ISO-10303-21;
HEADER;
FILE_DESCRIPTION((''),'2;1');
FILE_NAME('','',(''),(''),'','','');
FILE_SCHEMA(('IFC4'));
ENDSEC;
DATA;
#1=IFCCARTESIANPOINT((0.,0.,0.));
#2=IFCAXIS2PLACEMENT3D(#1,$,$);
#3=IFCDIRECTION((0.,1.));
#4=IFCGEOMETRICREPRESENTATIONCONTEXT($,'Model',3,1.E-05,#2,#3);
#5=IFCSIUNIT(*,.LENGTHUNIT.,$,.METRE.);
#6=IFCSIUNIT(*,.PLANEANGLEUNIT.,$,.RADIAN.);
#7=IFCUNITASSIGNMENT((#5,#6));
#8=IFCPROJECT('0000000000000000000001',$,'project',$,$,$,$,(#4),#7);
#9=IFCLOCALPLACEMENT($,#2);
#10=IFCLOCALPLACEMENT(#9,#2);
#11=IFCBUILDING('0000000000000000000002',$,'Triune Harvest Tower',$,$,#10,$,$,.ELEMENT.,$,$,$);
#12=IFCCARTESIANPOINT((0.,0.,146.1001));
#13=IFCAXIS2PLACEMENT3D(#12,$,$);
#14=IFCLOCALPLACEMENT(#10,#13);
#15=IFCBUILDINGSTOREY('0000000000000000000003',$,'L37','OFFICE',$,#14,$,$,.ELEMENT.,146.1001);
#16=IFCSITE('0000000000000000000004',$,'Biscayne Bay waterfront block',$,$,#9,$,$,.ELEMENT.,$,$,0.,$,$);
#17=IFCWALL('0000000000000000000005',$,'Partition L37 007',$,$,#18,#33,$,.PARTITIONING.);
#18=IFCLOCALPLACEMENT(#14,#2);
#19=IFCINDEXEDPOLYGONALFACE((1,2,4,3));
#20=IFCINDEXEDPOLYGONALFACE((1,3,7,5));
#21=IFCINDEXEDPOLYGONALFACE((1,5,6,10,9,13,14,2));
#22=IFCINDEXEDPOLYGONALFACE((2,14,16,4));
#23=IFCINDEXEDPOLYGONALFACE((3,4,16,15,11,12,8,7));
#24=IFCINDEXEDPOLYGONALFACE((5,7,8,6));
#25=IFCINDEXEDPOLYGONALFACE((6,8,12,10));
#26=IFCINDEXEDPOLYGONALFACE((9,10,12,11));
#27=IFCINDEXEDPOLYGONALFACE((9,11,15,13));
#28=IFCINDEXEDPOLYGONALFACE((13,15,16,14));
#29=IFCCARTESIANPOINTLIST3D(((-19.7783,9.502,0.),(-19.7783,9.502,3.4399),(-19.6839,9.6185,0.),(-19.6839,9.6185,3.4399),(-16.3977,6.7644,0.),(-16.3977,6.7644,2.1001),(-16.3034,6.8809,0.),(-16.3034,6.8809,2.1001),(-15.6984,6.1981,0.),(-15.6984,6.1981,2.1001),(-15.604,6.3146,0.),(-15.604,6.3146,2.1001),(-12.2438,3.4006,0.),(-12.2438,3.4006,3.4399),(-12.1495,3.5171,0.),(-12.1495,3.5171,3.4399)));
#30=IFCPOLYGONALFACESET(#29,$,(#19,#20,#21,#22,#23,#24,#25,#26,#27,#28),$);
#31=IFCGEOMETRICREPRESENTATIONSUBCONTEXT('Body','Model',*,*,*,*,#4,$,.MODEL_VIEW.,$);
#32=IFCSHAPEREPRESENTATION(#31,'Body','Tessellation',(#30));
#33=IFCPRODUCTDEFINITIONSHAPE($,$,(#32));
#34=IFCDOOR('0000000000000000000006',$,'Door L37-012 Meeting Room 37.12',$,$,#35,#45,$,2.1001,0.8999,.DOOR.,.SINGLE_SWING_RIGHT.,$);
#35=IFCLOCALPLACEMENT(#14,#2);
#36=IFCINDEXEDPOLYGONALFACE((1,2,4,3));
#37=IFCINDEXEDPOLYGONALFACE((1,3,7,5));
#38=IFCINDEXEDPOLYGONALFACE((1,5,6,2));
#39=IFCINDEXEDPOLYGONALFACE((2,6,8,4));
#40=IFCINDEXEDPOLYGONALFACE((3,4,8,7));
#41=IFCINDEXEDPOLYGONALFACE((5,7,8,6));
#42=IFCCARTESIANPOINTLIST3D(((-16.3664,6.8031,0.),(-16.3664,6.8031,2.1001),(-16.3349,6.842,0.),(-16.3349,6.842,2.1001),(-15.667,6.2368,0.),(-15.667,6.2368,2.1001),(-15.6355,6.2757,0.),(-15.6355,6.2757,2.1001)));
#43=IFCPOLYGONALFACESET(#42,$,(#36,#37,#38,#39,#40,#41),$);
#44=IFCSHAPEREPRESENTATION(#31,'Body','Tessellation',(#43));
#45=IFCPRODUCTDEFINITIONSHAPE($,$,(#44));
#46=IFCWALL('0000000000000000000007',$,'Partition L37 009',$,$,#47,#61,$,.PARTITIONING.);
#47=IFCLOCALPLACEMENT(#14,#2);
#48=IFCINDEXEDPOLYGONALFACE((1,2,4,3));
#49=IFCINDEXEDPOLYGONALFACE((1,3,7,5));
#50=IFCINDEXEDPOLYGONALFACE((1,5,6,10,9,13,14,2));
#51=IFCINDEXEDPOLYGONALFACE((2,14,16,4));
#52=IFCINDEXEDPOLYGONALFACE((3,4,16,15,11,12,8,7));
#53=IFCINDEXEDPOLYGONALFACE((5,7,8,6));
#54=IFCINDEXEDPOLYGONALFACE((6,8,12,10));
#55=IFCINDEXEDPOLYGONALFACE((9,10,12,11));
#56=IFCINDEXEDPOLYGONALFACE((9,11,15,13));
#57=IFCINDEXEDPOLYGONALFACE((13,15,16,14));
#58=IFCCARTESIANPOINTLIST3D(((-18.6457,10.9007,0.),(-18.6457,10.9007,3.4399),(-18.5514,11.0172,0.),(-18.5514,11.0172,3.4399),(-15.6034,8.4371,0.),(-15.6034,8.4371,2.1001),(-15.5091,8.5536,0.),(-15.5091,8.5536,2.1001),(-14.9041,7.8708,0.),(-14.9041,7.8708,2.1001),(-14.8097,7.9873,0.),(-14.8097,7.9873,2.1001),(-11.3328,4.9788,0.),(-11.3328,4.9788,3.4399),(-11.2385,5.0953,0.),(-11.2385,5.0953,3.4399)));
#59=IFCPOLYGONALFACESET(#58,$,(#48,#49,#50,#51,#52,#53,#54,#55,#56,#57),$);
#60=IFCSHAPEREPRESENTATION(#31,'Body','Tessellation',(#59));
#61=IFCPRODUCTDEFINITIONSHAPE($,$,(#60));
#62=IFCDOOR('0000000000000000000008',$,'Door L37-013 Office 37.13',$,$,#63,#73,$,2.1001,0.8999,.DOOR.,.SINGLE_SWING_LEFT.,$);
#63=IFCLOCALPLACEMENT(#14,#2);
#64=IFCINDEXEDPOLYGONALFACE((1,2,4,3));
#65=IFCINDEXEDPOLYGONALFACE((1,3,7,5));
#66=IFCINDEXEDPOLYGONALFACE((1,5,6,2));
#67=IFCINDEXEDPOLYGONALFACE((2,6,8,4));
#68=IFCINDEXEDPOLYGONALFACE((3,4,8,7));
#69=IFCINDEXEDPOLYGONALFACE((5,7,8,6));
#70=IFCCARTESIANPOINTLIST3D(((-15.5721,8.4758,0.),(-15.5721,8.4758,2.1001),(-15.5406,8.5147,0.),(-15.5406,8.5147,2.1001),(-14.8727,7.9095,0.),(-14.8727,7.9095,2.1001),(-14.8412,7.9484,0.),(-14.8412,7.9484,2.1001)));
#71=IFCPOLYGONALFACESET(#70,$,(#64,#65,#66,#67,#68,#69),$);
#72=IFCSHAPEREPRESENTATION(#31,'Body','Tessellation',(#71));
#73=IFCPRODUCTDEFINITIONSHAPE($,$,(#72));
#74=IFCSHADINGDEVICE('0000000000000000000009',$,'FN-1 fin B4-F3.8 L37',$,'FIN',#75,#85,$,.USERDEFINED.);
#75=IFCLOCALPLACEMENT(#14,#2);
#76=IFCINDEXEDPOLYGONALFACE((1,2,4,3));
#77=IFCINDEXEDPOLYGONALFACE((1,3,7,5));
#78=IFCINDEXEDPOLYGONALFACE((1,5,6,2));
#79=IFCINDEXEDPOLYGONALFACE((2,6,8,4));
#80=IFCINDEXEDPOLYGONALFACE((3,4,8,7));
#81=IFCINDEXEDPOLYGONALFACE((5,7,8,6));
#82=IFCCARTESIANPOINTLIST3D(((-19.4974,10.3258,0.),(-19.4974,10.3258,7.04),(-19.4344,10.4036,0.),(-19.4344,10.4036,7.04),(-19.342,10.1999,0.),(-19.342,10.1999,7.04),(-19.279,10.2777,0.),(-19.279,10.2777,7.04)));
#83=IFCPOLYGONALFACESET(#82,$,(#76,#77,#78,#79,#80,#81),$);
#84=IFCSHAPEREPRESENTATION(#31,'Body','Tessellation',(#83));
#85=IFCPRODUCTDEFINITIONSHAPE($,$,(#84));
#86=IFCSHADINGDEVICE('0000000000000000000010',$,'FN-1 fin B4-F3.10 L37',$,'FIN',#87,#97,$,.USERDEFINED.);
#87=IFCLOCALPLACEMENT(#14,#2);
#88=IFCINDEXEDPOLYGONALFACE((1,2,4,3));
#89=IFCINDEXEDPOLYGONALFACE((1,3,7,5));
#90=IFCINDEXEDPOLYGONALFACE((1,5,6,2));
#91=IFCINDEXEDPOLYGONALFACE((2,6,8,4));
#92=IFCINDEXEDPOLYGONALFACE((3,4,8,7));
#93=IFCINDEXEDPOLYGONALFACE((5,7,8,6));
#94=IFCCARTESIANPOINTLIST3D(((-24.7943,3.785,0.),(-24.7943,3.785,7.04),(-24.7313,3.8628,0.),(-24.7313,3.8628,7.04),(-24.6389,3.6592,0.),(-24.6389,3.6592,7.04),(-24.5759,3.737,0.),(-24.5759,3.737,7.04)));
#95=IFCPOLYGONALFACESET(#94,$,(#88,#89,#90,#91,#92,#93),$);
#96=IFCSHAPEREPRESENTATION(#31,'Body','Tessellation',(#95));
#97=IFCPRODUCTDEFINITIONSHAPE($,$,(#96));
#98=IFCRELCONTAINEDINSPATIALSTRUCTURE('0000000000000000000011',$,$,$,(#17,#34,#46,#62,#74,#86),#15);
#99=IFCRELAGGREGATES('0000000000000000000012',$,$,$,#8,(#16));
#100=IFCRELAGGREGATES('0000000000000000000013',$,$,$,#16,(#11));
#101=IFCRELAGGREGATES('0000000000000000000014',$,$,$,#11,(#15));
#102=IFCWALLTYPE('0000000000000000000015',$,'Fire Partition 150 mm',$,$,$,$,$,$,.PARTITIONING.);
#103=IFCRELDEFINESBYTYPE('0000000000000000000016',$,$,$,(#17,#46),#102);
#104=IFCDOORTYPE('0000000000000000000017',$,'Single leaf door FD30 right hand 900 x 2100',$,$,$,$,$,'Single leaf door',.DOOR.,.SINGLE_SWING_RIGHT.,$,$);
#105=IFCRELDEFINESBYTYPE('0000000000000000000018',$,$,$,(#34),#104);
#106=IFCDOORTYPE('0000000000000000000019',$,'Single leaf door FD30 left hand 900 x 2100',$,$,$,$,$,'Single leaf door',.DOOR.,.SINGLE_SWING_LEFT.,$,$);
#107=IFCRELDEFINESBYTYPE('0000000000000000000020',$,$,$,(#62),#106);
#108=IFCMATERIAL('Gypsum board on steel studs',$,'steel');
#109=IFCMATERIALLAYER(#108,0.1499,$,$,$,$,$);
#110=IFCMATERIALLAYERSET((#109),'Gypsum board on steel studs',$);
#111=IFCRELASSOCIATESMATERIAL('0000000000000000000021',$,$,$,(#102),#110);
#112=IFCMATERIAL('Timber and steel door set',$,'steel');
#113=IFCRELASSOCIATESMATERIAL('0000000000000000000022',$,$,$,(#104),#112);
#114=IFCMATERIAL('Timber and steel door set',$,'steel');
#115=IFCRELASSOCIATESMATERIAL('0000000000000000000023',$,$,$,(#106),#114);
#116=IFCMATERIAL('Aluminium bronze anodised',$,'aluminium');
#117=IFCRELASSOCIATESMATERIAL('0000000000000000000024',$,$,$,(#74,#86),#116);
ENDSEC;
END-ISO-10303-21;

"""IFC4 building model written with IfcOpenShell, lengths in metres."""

from ifc_helpers import new_model, si_unit, direction, frame, frame_2d, origin, origin_2d, place, context, subcontext, project, spatial, rectangle, extrude, source, transform, mapped, material, layer, layer_set, type_object, element, fill, save


model = new_model("IFC4")

# Units and contexts
model_context = context("Model", 3, precision=1e-05, world=origin(), true_north=direction((0.0, 1.0)))
body_context = subcontext(model_context, "Body", "Model", "MODEL_VIEW")
ifc_project = project(units=[si_unit("LENGTHUNIT", "METRE"), si_unit("PLANEANGLEUNIT", "RADIAN")], contexts=[model_context])

# Site, building, storey
site_placement = place(None, origin())
site = spatial("IfcSite", under=ifc_project, at=site_placement, Name="Biscayne Bay waterfront block", CompositionType="ELEMENT", RefElevation=0.0)
building_placement = place(site_placement, origin())
building = spatial("IfcBuilding", under=site, at=building_placement, Name="Triune Harvest Tower", CompositionType="ELEMENT")
storey_placement = place(building_placement, frame((0.0, 0.0, 146.1001)))
storey = spatial("IfcBuildingStorey", under=building, at=storey_placement, Name="L37", Description="OFFICE", CompositionType="ELEMENT", Elevation=146.1001)

# Walls, openings, doors
ifc_material_1 = material(Name="Gypsum board on steel studs", Category="steel")
ifc_layer_1 = layer(ifc_material_1, 0.1499)
ifc_layer_set_1 = layer_set([ifc_layer_1], Name="Gypsum board on steel studs")
wall_type_1 = type_object("IfcWallType", Name="Fire Partition 150 mm", PredefinedType="PARTITIONING", material=ifc_layer_set_1)
shared_shape_1 = source(origin(), body_context, "Body", "SweptSolid", [
    extrude(rectangle(XDim=9.6951, YDim=0.1499, at=frame_2d((4.8477, 0.0))), origin(), (0.0, 0.0, 1.0), 3.4399),
])
wall_1_placement = place(storey_placement, frame((-19.7312, 9.5603, 0.0), z_axis=(0.0, 0.0, 1.0), x_axis=(0.777143, -0.629324, 0.0)))
wall_1 = element("IfcWall", 1, at=wall_1_placement, inside=storey, type_object=wall_type_1, Name="Partition L37 007", PredefinedType="PARTITIONING", context=body_context, shape_type="MappedRepresentation", body=[
    mapped(shared_shape_1, transform((0.0, 0.0, 0.0), scale=1.0)),
])
opening_1_placement = place(wall_1_placement, frame((4.3501, 0.0, 0.0)))
opening_1 = element("IfcOpeningElement", 2, at=opening_1_placement, cuts=wall_1, PredefinedType="OPENING", context=body_context, shape_type="SweptSolid", body=[
    extrude(rectangle(XDim=0.8999, YDim=2.1001, at=frame_2d((0.45, 1.05))), frame((0.0, 0.085, 0.0), z_axis=(0.0, -1.0, 0.0), x_axis=(1.0, 0.0, 0.0)), (0.0, 0.0, 1.0), 0.1699),
])
ifc_material_2 = material(Name="Timber and steel door set", Category="steel")
door_type_1 = type_object("IfcDoorType", Name="Single leaf door FD30 right hand 900 x 2100", ElementType="Single leaf door", OperationType="SINGLE_SWING_RIGHT", PredefinedType="DOOR", material=ifc_material_2)
door_1_placement = place(opening_1_placement, origin())
door_1 = element("IfcDoor", 3, at=door_1_placement, inside=storey, type_object=door_type_1, Name="Door L37-012 Meeting Room 37.12", OperationType="SINGLE_SWING_RIGHT", OverallHeight=2.1001, OverallWidth=0.8999, PredefinedType="DOOR", context=body_context, shape_type="SweptSolid", body=[
    extrude(rectangle(XDim=0.8999, YDim=2.1001, at=frame_2d((0.45, 1.05))), frame((0.0, 0.0249, 0.0), z_axis=(0.0, -1.0, 0.0), x_axis=(1.0, 0.0, 0.0)), (0.0, 0.0, 1.0), 0.05),
])
fill(opening_1, door_1)
shared_shape_2 = source(origin(), body_context, "Body", "SweptSolid", [
    extrude(rectangle(XDim=9.4099, YDim=0.1499, at=frame_2d((4.7051, 0.0))), origin(), (0.0, 0.0, 1.0), 3.4399),
])
wall_2_placement = place(storey_placement, frame((-18.5986, 10.959, 0.0), z_axis=(0.0, 0.0, 1.0), x_axis=(0.777149, -0.629316, 0.0)))
wall_2 = element("IfcWall", 4, at=wall_2_placement, inside=storey, type_object=wall_type_1, Name="Partition L37 009", PredefinedType="PARTITIONING", context=body_context, shape_type="MappedRepresentation", body=[
    mapped(shared_shape_2, transform((0.0, 0.0, 0.0), scale=1.0)),
])
opening_2_placement = place(wall_2_placement, frame((3.9148, 0.0, 0.0)))
opening_2 = element("IfcOpeningElement", 5, at=opening_2_placement, cuts=wall_2, PredefinedType="OPENING", context=body_context, shape_type="SweptSolid", body=[
    extrude(rectangle(XDim=0.8999, YDim=2.1001, at=frame_2d((0.45, 1.05))), frame((0.0, 0.085, 0.0), z_axis=(0.0, -1.0, 0.0), x_axis=(1.0, 0.0, 0.0)), (0.0, 0.0, 1.0), 0.1699),
])
ifc_material_3 = material(Name="Timber and steel door set", Category="steel")
door_type_2 = type_object("IfcDoorType", Name="Single leaf door FD30 left hand 900 x 2100", ElementType="Single leaf door", OperationType="SINGLE_SWING_LEFT", PredefinedType="DOOR", material=ifc_material_3)
door_2_placement = place(opening_2_placement, origin())
door_2 = element("IfcDoor", 6, at=door_2_placement, inside=storey, type_object=door_type_2, Name="Door L37-013 Office 37.13", OperationType="SINGLE_SWING_LEFT", OverallHeight=2.1001, OverallWidth=0.8999, PredefinedType="DOOR", context=body_context, shape_type="SweptSolid", body=[
    extrude(rectangle(XDim=0.8999, YDim=2.1001, at=frame_2d((0.45, 1.05))), frame((0.0, 0.0249, 0.0), z_axis=(0.0, -1.0, 0.0), x_axis=(1.0, 0.0, 0.0)), (0.0, 0.0, 1.0), 0.05),
])
fill(opening_2, door_2)

# Shading devices
ifc_material_4 = material(Name="Aluminium bronze anodised", Category="aluminium")
shared_shape_3 = source(origin(), body_context, "Body", "SweptSolid", [
    extrude(rectangle(XDim=0.1001, YDim=0.2, at=origin_2d()), origin(), (0.0, 0.0, 1.0), 7.04),
])
for number, where, z_axis, x_axis, name in (
    (7, (-19.3882, 10.3018, 0.0), (0.0, 0.0, 1.0), (-0.629321, -0.777145, 0.0), "FN-1 fin B4-F3.8 L37"),
    (8, (-24.6851, 3.761, 0.0), (0.0, 0.0, 1.0), (-0.629321, -0.777145, 0.0), "FN-1 fin B4-F3.10 L37"),
):
    element("IfcShadingDevice", number, at=place(storey_placement, frame(where, z_axis=z_axis, x_axis=x_axis)), inside=storey, material=ifc_material_4, Name=name, ObjectType="FIN", PredefinedType="USERDEFINED", context=body_context, shape_type="MappedRepresentation", body=[
        mapped(shared_shape_3, transform((0.0, 0.0, 0.0), scale=1.0)),
    ])

save(model, "model.ifc")
